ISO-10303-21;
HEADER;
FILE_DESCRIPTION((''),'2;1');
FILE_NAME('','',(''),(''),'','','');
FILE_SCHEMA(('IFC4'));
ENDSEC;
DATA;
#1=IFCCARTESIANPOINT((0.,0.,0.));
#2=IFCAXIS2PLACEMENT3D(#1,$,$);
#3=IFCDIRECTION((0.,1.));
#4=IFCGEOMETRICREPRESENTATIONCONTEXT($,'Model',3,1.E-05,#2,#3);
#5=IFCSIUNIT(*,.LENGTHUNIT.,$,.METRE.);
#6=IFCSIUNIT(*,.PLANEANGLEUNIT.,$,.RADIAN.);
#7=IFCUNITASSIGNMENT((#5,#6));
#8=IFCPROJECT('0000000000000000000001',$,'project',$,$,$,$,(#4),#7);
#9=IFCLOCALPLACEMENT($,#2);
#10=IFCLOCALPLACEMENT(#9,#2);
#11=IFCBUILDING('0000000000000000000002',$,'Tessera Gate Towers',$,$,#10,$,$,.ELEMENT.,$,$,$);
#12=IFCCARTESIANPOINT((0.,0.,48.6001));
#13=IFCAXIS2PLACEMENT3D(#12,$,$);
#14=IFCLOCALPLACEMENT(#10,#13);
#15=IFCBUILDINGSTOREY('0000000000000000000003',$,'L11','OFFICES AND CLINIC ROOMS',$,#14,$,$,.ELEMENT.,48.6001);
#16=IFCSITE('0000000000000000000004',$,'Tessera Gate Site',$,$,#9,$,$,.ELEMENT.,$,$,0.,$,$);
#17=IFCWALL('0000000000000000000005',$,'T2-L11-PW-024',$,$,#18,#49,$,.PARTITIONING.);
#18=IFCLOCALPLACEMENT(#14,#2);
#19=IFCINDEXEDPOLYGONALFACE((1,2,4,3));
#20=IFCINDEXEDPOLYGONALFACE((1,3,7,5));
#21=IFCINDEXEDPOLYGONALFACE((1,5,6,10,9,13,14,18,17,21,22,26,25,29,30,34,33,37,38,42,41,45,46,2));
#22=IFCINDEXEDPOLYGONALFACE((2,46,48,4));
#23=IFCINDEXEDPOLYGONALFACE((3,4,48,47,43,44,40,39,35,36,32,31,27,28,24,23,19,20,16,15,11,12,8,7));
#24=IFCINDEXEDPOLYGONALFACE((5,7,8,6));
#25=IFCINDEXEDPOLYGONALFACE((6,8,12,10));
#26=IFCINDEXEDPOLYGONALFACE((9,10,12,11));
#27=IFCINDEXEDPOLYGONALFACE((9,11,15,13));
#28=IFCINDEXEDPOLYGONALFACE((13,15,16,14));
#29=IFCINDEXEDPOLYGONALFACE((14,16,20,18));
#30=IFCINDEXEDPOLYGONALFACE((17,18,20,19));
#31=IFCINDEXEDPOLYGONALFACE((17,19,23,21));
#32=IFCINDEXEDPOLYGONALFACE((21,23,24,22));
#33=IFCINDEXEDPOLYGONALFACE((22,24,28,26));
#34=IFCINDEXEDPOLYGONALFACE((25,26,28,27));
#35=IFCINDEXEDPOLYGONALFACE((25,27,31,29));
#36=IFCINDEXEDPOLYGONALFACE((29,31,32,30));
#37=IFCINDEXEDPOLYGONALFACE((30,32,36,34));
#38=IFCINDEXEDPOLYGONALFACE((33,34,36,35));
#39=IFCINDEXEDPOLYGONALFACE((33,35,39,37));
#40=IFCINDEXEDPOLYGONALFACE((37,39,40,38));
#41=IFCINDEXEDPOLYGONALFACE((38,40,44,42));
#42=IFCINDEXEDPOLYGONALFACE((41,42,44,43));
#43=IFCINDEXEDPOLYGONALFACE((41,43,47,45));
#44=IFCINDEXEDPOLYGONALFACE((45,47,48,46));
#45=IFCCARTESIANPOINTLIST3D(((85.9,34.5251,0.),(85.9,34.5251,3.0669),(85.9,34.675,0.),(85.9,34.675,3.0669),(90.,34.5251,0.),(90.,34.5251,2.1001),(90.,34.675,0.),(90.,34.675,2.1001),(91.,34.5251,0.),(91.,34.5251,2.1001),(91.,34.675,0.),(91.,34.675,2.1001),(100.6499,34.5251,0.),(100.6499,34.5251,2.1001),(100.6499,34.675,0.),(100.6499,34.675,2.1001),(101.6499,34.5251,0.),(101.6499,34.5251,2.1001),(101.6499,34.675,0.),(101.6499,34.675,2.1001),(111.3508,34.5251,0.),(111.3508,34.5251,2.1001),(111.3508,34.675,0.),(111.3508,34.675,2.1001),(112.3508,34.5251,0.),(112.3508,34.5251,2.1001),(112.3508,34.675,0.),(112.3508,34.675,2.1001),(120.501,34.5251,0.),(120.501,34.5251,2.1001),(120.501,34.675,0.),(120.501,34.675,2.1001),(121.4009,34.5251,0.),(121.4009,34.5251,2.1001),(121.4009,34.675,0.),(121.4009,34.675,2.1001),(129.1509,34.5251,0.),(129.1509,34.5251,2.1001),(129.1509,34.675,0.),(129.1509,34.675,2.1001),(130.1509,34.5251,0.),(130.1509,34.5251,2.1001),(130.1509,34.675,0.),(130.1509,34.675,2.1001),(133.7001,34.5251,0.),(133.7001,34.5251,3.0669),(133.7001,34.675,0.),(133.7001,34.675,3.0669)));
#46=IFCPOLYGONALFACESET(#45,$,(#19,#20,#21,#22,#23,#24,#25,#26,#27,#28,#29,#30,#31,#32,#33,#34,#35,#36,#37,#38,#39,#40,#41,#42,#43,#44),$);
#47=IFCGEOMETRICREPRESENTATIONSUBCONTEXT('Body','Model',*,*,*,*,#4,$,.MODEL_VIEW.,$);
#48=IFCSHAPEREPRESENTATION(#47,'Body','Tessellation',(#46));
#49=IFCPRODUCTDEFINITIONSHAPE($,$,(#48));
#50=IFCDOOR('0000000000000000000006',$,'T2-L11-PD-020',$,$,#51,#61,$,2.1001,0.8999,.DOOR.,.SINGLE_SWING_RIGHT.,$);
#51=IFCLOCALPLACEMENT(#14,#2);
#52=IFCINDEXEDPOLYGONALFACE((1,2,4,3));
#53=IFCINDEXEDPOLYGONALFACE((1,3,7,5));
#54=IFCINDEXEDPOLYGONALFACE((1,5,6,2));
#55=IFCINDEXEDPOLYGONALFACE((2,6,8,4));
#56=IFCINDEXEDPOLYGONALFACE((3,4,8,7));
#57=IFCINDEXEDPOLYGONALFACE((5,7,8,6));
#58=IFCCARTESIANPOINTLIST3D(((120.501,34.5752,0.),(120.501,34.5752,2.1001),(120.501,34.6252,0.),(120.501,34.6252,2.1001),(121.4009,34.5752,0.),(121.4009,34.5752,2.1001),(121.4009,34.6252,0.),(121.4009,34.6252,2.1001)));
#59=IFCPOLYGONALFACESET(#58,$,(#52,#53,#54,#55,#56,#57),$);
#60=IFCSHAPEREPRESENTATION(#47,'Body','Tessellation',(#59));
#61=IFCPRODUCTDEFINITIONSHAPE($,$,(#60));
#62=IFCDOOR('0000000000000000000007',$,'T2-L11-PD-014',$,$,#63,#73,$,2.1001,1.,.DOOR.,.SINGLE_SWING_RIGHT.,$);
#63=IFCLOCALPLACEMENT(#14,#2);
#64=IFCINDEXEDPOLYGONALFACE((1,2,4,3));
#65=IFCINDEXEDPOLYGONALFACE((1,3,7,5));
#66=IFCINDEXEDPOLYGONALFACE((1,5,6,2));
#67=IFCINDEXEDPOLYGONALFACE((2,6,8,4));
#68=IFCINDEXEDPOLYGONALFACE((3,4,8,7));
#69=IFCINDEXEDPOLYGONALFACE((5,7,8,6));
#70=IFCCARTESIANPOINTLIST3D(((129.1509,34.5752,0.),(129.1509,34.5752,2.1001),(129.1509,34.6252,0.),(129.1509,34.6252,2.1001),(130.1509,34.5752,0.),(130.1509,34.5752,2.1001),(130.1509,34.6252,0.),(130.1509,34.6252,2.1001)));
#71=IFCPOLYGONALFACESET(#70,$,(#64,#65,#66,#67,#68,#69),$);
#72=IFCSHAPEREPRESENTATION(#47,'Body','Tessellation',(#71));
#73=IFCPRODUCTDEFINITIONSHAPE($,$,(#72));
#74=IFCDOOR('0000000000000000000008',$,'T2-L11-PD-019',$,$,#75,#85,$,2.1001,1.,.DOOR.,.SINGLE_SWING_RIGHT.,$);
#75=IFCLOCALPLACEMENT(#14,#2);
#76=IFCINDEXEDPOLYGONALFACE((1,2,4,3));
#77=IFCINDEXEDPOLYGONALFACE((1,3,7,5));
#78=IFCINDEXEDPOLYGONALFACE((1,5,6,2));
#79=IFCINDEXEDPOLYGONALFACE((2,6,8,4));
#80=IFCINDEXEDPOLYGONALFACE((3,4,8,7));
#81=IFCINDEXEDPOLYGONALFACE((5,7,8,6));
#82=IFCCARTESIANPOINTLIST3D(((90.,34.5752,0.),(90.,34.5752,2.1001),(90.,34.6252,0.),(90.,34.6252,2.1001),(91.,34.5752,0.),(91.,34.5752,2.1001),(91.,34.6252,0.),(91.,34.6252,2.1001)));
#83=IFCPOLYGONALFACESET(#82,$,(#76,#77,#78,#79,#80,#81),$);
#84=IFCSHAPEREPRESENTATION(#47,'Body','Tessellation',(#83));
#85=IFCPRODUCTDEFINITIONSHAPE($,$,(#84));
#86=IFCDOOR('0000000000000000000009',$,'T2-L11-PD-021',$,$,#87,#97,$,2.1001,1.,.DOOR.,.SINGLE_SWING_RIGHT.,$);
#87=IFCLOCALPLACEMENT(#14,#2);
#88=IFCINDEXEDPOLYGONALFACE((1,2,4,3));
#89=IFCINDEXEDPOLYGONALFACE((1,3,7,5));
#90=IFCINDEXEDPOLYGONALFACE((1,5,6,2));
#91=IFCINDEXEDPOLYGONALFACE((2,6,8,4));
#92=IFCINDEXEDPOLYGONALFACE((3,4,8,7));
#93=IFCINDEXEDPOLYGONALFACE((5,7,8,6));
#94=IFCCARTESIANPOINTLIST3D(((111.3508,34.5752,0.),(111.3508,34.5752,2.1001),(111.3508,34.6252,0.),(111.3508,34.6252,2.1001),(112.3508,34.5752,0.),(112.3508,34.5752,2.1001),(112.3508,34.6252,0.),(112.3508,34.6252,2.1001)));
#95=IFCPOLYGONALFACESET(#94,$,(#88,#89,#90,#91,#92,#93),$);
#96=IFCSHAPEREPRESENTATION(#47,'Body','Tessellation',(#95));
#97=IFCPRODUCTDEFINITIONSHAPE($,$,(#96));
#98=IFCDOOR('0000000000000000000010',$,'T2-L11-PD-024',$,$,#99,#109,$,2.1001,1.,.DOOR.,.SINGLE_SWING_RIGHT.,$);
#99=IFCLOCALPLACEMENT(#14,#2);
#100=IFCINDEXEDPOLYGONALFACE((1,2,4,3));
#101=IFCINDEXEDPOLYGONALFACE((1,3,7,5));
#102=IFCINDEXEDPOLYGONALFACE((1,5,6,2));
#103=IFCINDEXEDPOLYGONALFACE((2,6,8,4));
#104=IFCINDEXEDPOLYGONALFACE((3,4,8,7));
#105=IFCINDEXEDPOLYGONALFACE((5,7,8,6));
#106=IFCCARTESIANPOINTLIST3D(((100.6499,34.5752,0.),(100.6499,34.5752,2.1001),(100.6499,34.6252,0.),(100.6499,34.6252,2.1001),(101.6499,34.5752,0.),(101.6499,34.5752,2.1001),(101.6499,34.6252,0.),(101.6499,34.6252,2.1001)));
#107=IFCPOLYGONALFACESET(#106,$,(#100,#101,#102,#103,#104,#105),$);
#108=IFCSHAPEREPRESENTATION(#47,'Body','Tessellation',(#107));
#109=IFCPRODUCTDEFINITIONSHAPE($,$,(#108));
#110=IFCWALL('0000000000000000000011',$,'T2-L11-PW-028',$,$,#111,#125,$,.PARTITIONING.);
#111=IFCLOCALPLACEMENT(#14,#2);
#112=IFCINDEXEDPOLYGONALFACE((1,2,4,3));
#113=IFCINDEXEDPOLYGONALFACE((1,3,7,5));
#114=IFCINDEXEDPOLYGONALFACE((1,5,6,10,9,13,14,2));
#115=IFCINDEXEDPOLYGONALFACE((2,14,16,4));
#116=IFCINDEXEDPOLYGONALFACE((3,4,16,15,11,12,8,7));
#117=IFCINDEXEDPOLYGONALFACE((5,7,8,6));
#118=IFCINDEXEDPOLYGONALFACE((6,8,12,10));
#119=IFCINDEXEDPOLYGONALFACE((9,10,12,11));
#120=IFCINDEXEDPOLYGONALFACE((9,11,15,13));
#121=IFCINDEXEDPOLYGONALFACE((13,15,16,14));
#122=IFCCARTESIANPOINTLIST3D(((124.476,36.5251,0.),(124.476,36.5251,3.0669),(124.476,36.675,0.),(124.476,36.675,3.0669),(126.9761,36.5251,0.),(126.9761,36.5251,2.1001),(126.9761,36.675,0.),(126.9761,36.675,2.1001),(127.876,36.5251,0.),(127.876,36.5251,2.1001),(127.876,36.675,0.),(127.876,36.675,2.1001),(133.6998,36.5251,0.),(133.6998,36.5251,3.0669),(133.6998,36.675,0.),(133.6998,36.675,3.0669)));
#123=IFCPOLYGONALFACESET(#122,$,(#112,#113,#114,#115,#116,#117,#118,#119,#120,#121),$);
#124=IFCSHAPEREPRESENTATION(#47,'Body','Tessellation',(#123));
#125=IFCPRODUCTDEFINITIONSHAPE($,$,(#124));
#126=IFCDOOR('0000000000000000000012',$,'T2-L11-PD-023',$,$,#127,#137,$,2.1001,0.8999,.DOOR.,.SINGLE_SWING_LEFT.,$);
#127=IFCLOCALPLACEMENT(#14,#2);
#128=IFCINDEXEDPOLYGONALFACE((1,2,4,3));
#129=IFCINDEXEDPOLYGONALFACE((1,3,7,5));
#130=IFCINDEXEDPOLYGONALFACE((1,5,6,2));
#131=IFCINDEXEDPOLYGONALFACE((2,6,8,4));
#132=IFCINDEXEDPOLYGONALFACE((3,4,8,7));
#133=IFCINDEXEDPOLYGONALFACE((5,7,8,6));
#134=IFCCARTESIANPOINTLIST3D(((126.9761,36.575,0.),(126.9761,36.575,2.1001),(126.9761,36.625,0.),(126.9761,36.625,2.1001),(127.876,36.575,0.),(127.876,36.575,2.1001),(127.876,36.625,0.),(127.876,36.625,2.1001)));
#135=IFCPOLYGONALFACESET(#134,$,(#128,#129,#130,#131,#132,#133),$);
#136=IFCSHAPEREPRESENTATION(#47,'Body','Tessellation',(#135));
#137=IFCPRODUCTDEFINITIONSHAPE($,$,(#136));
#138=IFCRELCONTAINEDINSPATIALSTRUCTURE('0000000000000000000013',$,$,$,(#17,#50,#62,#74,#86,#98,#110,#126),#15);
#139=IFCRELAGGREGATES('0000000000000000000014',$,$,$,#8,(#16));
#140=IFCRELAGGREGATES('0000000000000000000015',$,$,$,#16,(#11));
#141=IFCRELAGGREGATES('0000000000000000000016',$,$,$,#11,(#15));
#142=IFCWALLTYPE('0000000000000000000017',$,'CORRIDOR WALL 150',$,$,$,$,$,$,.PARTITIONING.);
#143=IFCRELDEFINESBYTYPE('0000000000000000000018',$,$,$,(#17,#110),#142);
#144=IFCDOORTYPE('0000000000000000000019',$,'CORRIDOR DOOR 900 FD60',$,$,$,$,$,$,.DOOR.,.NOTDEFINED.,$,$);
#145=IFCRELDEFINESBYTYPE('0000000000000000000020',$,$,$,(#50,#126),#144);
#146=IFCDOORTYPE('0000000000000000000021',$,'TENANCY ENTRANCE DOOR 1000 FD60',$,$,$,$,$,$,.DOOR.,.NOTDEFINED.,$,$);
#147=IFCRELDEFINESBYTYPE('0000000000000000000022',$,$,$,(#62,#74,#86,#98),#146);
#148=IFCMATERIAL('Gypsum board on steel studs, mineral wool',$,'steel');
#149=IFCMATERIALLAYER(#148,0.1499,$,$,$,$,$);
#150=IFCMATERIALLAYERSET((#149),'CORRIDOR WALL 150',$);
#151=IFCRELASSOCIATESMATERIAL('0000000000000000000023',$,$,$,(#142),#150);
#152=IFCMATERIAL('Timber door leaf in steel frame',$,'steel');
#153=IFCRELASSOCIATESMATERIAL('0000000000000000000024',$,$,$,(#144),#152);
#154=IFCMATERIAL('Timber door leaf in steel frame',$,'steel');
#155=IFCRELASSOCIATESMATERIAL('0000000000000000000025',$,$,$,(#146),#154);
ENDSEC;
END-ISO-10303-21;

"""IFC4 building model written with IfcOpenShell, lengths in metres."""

from ifc_helpers import new_model, si_unit, direction, frame, frame_2d, origin, place, context, subcontext, project, spatial, rectangle, extrude, source, transform, mapped, material, layer, layer_set, type_object, element, fill, save


model = new_model("IFC4")

# Units and contexts
model_context = context("Model", 3, precision=1e-05, world=origin(), true_north=direction((0.0, 1.0)))
body_context = subcontext(model_context, "Body", "Model", "MODEL_VIEW")
ifc_project = project(units=[si_unit("LENGTHUNIT", "METRE"), si_unit("PLANEANGLEUNIT", "RADIAN")], contexts=[model_context])

# Site, building, storey
site_placement = place(None, origin())
site = spatial("IfcSite", under=ifc_project, at=site_placement, Name="Tessera Gate Site", CompositionType="ELEMENT", RefElevation=0.0)
building_placement = place(site_placement, origin())
building = spatial("IfcBuilding", under=site, at=building_placement, Name="Tessera Gate Towers", CompositionType="ELEMENT")
storey_placement = place(building_placement, frame((0.0, 0.0, 48.6001)))
storey = spatial("IfcBuildingStorey", under=building, at=storey_placement, Name="L11", Description="OFFICES AND CLINIC ROOMS", CompositionType="ELEMENT", Elevation=48.6001)

# Wall, openings, doors
ifc_material_1 = material(Name="Gypsum board on steel studs, mineral wool", Category="steel")
ifc_layer_1 = layer(ifc_material_1, 0.1499)
ifc_layer_set_1 = layer_set([ifc_layer_1], Name="CORRIDOR WALL 150")
wall_type_1 = type_object("IfcWallType", Name="CORRIDOR WALL 150", PredefinedType="PARTITIONING", material=ifc_layer_set_1)
wall_1_placement = place(storey_placement, frame((133.7, 34.6001, 0.0), z_axis=(0.0, 0.0, 1.0), x_axis=(-1.0, 0.0, 0.0)))
wall_1 = element("IfcWall", 1, at=wall_1_placement, inside=storey, type_object=wall_type_1, Name="T2-L11-PW-024", PredefinedType="PARTITIONING", context=body_context, shape_type="SweptSolid", body=[
    extrude(rectangle(XDim=47.8, YDim=0.1499, at=frame_2d((23.8999, 0.0))), origin(), (0.0, 0.0, 1.0), 3.0669),
])
shared_shape_1 = source(origin(), body_context, "Body", "SweptSolid", [
    extrude(rectangle(XDim=1.0, YDim=2.1001, at=frame_2d((0.5, 1.05))), frame((0.0, 0.085, 0.0), z_axis=(0.0, -1.0, 0.0), x_axis=(1.0, 0.0, 0.0)), (0.0, 0.0, 1.0), 0.1699),
])
opening_1_placement = place(wall_1_placement, frame((3.5491, 0.0, 0.0)))
opening_1 = element("IfcOpeningElement", 2, at=opening_1_placement, cuts=wall_1, PredefinedType="OPENING", context=body_context, shape_type="MappedRepresentation", body=[
    mapped(shared_shape_1, transform((0.0, 0.0, 0.0), scale=1.0)),
])
opening_2_placement = place(wall_1_placement, frame((42.7, 0.0, 0.0)))
opening_2 = element("IfcOpeningElement", 3, at=opening_2_placement, cuts=wall_1, PredefinedType="OPENING", context=body_context, shape_type="MappedRepresentation", body=[
    mapped(shared_shape_1, transform((0.0, 0.0, 0.0), scale=1.0)),
])
shared_shape_2 = source(origin(), body_context, "Body", "SweptSolid", [
    extrude(rectangle(XDim=0.8999, YDim=2.1001, at=frame_2d((0.45, 1.05))), frame((0.0, 0.085, 0.0), z_axis=(0.0, -1.0, 0.0), x_axis=(1.0, 0.0, 0.0)), (0.0, 0.0, 1.0), 0.1699),
])
opening_3_placement = place(wall_1_placement, frame((12.2991, 0.0, 0.0)))
opening_3 = element("IfcOpeningElement", 4, at=opening_3_placement, cuts=wall_1, PredefinedType="OPENING", context=body_context, shape_type="MappedRepresentation", body=[
    mapped(shared_shape_2, transform((0.0, 0.0, 0.0), scale=1.0)),
])
opening_4_placement = place(wall_1_placement, frame((21.3491, 0.0, 0.0)))
opening_4 = element("IfcOpeningElement", 5, at=opening_4_placement, cuts=wall_1, PredefinedType="OPENING", context=body_context, shape_type="MappedRepresentation", body=[
    mapped(shared_shape_1, transform((0.0, 0.0, 0.0), scale=1.0)),
])
opening_5_placement = place(wall_1_placement, frame((32.05, 0.0, 0.0)))
opening_5 = element("IfcOpeningElement", 6, at=opening_5_placement, cuts=wall_1, PredefinedType="OPENING", context=body_context, shape_type="MappedRepresentation", body=[
    mapped(shared_shape_1, transform((0.0, 0.0, 0.0), scale=1.0)),
])
ifc_material_2 = material(Name="Timber door leaf in steel frame", Category="steel")
door_type_1 = type_object("IfcDoorType", Name="CORRIDOR DOOR 900 FD60", OperationType="NOTDEFINED", PredefinedType="DOOR", material=ifc_material_2)
shared_shape_3 = source(origin(), body_context, "Body", "SweptSolid", [
    extrude(rectangle(XDim=0.8999, YDim=2.1001, at=frame_2d((0.45, 1.05))), frame((0.0, 0.0249, 0.0), z_axis=(0.0, -1.0, 0.0), x_axis=(1.0, 0.0, 0.0)), (0.0, 0.0, 1.0), 0.05),
])
door_1_placement = place(opening_3_placement, origin())
door_1 = element("IfcDoor", 7, at=door_1_placement, inside=storey, type_object=door_type_1, Name="T2-L11-PD-020", OperationType="SINGLE_SWING_RIGHT", OverallHeight=2.1001, OverallWidth=0.8999, PredefinedType="DOOR", context=body_context, shape_type="MappedRepresentation", body=[
    mapped(shared_shape_3, transform((0.0, 0.0, 0.0), scale=1.0)),
])
fill(opening_3, door_1)
ifc_material_3 = material(Name="Timber door leaf in steel frame", Category="steel")
door_type_2 = type_object("IfcDoorType", Name="TENANCY ENTRANCE DOOR 1000 FD60", OperationType="NOTDEFINED", PredefinedType="DOOR", material=ifc_material_3)
shared_shape_4 = source(origin(), body_context, "Body", "SweptSolid", [
    extrude(rectangle(XDim=1.0, YDim=2.1001, at=frame_2d((0.5, 1.05))), frame((0.0, 0.0249, 0.0), z_axis=(0.0, -1.0, 0.0), x_axis=(1.0, 0.0, 0.0)), (0.0, 0.0, 1.0), 0.05),
])
door_2_placement = place(opening_1_placement, origin())
door_2 = element("IfcDoor", 8, at=door_2_placement, inside=storey, type_object=door_type_2, Name="T2-L11-PD-014", OperationType="SINGLE_SWING_RIGHT", OverallHeight=2.1001, OverallWidth=1.0, PredefinedType="DOOR", context=body_context, shape_type="MappedRepresentation", body=[
    mapped(shared_shape_4, transform((0.0, 0.0, 0.0), scale=1.0)),
])
fill(opening_1, door_2)
door_3_placement = place(opening_2_placement, origin())
door_3 = element("IfcDoor", 9, at=door_3_placement, inside=storey, type_object=door_type_2, Name="T2-L11-PD-019", OperationType="SINGLE_SWING_RIGHT", OverallHeight=2.1001, OverallWidth=1.0, PredefinedType="DOOR", context=body_context, shape_type="MappedRepresentation", body=[
    mapped(shared_shape_4, transform((0.0, 0.0, 0.0), scale=1.0)),
])
fill(opening_2, door_3)
door_4_placement = place(opening_4_placement, origin())
door_4 = element("IfcDoor", 10, at=door_4_placement, inside=storey, type_object=door_type_2, Name="T2-L11-PD-021", OperationType="SINGLE_SWING_RIGHT", OverallHeight=2.1001, OverallWidth=1.0, PredefinedType="DOOR", context=body_context, shape_type="MappedRepresentation", body=[
    mapped(shared_shape_4, transform((0.0, 0.0, 0.0), scale=1.0)),
])
fill(opening_4, door_4)
door_5_placement = place(opening_5_placement, origin())
door_5 = element("IfcDoor", 11, at=door_5_placement, inside=storey, type_object=door_type_2, Name="T2-L11-PD-024", OperationType="SINGLE_SWING_RIGHT", OverallHeight=2.1001, OverallWidth=1.0, PredefinedType="DOOR", context=body_context, shape_type="MappedRepresentation", body=[
    mapped(shared_shape_4, transform((0.0, 0.0, 0.0), scale=1.0)),
])
fill(opening_5, door_5)

# Wall, opening, door
wall_2_placement = place(storey_placement, frame((124.4761, 36.6001, 0.0), z_axis=(0.0, 0.0, 1.0), x_axis=(1.0, 0.0, 0.0)))
wall_2 = element("IfcWall", 12, at=wall_2_placement, inside=storey, type_object=wall_type_1, Name="T2-L11-PW-028", PredefinedType="PARTITIONING", context=body_context, shape_type="SweptSolid", body=[
    extrude(rectangle(XDim=9.2239, YDim=0.1499, at=frame_2d((4.6118, 0.0))), origin(), (0.0, 0.0, 1.0), 3.0669),
])
opening_6_placement = place(wall_2_placement, frame((2.5, 0.0, 0.0)))
opening_6 = element("IfcOpeningElement", 13, at=opening_6_placement, cuts=wall_2, PredefinedType="OPENING", context=body_context, shape_type="MappedRepresentation", body=[
    mapped(shared_shape_2, transform((0.0, 0.0, 0.0), scale=1.0)),
])
door_6_placement = place(opening_6_placement, origin())
door_6 = element("IfcDoor", 14, at=door_6_placement, inside=storey, type_object=door_type_1, Name="T2-L11-PD-023", OperationType="SINGLE_SWING_LEFT", OverallHeight=2.1001, OverallWidth=0.8999, PredefinedType="DOOR", context=body_context, shape_type="MappedRepresentation", body=[
    mapped(shared_shape_3, transform((0.0, 0.0, 0.0), scale=1.0)),
])
fill(opening_6, door_6)

save(model, "model.ifc")
